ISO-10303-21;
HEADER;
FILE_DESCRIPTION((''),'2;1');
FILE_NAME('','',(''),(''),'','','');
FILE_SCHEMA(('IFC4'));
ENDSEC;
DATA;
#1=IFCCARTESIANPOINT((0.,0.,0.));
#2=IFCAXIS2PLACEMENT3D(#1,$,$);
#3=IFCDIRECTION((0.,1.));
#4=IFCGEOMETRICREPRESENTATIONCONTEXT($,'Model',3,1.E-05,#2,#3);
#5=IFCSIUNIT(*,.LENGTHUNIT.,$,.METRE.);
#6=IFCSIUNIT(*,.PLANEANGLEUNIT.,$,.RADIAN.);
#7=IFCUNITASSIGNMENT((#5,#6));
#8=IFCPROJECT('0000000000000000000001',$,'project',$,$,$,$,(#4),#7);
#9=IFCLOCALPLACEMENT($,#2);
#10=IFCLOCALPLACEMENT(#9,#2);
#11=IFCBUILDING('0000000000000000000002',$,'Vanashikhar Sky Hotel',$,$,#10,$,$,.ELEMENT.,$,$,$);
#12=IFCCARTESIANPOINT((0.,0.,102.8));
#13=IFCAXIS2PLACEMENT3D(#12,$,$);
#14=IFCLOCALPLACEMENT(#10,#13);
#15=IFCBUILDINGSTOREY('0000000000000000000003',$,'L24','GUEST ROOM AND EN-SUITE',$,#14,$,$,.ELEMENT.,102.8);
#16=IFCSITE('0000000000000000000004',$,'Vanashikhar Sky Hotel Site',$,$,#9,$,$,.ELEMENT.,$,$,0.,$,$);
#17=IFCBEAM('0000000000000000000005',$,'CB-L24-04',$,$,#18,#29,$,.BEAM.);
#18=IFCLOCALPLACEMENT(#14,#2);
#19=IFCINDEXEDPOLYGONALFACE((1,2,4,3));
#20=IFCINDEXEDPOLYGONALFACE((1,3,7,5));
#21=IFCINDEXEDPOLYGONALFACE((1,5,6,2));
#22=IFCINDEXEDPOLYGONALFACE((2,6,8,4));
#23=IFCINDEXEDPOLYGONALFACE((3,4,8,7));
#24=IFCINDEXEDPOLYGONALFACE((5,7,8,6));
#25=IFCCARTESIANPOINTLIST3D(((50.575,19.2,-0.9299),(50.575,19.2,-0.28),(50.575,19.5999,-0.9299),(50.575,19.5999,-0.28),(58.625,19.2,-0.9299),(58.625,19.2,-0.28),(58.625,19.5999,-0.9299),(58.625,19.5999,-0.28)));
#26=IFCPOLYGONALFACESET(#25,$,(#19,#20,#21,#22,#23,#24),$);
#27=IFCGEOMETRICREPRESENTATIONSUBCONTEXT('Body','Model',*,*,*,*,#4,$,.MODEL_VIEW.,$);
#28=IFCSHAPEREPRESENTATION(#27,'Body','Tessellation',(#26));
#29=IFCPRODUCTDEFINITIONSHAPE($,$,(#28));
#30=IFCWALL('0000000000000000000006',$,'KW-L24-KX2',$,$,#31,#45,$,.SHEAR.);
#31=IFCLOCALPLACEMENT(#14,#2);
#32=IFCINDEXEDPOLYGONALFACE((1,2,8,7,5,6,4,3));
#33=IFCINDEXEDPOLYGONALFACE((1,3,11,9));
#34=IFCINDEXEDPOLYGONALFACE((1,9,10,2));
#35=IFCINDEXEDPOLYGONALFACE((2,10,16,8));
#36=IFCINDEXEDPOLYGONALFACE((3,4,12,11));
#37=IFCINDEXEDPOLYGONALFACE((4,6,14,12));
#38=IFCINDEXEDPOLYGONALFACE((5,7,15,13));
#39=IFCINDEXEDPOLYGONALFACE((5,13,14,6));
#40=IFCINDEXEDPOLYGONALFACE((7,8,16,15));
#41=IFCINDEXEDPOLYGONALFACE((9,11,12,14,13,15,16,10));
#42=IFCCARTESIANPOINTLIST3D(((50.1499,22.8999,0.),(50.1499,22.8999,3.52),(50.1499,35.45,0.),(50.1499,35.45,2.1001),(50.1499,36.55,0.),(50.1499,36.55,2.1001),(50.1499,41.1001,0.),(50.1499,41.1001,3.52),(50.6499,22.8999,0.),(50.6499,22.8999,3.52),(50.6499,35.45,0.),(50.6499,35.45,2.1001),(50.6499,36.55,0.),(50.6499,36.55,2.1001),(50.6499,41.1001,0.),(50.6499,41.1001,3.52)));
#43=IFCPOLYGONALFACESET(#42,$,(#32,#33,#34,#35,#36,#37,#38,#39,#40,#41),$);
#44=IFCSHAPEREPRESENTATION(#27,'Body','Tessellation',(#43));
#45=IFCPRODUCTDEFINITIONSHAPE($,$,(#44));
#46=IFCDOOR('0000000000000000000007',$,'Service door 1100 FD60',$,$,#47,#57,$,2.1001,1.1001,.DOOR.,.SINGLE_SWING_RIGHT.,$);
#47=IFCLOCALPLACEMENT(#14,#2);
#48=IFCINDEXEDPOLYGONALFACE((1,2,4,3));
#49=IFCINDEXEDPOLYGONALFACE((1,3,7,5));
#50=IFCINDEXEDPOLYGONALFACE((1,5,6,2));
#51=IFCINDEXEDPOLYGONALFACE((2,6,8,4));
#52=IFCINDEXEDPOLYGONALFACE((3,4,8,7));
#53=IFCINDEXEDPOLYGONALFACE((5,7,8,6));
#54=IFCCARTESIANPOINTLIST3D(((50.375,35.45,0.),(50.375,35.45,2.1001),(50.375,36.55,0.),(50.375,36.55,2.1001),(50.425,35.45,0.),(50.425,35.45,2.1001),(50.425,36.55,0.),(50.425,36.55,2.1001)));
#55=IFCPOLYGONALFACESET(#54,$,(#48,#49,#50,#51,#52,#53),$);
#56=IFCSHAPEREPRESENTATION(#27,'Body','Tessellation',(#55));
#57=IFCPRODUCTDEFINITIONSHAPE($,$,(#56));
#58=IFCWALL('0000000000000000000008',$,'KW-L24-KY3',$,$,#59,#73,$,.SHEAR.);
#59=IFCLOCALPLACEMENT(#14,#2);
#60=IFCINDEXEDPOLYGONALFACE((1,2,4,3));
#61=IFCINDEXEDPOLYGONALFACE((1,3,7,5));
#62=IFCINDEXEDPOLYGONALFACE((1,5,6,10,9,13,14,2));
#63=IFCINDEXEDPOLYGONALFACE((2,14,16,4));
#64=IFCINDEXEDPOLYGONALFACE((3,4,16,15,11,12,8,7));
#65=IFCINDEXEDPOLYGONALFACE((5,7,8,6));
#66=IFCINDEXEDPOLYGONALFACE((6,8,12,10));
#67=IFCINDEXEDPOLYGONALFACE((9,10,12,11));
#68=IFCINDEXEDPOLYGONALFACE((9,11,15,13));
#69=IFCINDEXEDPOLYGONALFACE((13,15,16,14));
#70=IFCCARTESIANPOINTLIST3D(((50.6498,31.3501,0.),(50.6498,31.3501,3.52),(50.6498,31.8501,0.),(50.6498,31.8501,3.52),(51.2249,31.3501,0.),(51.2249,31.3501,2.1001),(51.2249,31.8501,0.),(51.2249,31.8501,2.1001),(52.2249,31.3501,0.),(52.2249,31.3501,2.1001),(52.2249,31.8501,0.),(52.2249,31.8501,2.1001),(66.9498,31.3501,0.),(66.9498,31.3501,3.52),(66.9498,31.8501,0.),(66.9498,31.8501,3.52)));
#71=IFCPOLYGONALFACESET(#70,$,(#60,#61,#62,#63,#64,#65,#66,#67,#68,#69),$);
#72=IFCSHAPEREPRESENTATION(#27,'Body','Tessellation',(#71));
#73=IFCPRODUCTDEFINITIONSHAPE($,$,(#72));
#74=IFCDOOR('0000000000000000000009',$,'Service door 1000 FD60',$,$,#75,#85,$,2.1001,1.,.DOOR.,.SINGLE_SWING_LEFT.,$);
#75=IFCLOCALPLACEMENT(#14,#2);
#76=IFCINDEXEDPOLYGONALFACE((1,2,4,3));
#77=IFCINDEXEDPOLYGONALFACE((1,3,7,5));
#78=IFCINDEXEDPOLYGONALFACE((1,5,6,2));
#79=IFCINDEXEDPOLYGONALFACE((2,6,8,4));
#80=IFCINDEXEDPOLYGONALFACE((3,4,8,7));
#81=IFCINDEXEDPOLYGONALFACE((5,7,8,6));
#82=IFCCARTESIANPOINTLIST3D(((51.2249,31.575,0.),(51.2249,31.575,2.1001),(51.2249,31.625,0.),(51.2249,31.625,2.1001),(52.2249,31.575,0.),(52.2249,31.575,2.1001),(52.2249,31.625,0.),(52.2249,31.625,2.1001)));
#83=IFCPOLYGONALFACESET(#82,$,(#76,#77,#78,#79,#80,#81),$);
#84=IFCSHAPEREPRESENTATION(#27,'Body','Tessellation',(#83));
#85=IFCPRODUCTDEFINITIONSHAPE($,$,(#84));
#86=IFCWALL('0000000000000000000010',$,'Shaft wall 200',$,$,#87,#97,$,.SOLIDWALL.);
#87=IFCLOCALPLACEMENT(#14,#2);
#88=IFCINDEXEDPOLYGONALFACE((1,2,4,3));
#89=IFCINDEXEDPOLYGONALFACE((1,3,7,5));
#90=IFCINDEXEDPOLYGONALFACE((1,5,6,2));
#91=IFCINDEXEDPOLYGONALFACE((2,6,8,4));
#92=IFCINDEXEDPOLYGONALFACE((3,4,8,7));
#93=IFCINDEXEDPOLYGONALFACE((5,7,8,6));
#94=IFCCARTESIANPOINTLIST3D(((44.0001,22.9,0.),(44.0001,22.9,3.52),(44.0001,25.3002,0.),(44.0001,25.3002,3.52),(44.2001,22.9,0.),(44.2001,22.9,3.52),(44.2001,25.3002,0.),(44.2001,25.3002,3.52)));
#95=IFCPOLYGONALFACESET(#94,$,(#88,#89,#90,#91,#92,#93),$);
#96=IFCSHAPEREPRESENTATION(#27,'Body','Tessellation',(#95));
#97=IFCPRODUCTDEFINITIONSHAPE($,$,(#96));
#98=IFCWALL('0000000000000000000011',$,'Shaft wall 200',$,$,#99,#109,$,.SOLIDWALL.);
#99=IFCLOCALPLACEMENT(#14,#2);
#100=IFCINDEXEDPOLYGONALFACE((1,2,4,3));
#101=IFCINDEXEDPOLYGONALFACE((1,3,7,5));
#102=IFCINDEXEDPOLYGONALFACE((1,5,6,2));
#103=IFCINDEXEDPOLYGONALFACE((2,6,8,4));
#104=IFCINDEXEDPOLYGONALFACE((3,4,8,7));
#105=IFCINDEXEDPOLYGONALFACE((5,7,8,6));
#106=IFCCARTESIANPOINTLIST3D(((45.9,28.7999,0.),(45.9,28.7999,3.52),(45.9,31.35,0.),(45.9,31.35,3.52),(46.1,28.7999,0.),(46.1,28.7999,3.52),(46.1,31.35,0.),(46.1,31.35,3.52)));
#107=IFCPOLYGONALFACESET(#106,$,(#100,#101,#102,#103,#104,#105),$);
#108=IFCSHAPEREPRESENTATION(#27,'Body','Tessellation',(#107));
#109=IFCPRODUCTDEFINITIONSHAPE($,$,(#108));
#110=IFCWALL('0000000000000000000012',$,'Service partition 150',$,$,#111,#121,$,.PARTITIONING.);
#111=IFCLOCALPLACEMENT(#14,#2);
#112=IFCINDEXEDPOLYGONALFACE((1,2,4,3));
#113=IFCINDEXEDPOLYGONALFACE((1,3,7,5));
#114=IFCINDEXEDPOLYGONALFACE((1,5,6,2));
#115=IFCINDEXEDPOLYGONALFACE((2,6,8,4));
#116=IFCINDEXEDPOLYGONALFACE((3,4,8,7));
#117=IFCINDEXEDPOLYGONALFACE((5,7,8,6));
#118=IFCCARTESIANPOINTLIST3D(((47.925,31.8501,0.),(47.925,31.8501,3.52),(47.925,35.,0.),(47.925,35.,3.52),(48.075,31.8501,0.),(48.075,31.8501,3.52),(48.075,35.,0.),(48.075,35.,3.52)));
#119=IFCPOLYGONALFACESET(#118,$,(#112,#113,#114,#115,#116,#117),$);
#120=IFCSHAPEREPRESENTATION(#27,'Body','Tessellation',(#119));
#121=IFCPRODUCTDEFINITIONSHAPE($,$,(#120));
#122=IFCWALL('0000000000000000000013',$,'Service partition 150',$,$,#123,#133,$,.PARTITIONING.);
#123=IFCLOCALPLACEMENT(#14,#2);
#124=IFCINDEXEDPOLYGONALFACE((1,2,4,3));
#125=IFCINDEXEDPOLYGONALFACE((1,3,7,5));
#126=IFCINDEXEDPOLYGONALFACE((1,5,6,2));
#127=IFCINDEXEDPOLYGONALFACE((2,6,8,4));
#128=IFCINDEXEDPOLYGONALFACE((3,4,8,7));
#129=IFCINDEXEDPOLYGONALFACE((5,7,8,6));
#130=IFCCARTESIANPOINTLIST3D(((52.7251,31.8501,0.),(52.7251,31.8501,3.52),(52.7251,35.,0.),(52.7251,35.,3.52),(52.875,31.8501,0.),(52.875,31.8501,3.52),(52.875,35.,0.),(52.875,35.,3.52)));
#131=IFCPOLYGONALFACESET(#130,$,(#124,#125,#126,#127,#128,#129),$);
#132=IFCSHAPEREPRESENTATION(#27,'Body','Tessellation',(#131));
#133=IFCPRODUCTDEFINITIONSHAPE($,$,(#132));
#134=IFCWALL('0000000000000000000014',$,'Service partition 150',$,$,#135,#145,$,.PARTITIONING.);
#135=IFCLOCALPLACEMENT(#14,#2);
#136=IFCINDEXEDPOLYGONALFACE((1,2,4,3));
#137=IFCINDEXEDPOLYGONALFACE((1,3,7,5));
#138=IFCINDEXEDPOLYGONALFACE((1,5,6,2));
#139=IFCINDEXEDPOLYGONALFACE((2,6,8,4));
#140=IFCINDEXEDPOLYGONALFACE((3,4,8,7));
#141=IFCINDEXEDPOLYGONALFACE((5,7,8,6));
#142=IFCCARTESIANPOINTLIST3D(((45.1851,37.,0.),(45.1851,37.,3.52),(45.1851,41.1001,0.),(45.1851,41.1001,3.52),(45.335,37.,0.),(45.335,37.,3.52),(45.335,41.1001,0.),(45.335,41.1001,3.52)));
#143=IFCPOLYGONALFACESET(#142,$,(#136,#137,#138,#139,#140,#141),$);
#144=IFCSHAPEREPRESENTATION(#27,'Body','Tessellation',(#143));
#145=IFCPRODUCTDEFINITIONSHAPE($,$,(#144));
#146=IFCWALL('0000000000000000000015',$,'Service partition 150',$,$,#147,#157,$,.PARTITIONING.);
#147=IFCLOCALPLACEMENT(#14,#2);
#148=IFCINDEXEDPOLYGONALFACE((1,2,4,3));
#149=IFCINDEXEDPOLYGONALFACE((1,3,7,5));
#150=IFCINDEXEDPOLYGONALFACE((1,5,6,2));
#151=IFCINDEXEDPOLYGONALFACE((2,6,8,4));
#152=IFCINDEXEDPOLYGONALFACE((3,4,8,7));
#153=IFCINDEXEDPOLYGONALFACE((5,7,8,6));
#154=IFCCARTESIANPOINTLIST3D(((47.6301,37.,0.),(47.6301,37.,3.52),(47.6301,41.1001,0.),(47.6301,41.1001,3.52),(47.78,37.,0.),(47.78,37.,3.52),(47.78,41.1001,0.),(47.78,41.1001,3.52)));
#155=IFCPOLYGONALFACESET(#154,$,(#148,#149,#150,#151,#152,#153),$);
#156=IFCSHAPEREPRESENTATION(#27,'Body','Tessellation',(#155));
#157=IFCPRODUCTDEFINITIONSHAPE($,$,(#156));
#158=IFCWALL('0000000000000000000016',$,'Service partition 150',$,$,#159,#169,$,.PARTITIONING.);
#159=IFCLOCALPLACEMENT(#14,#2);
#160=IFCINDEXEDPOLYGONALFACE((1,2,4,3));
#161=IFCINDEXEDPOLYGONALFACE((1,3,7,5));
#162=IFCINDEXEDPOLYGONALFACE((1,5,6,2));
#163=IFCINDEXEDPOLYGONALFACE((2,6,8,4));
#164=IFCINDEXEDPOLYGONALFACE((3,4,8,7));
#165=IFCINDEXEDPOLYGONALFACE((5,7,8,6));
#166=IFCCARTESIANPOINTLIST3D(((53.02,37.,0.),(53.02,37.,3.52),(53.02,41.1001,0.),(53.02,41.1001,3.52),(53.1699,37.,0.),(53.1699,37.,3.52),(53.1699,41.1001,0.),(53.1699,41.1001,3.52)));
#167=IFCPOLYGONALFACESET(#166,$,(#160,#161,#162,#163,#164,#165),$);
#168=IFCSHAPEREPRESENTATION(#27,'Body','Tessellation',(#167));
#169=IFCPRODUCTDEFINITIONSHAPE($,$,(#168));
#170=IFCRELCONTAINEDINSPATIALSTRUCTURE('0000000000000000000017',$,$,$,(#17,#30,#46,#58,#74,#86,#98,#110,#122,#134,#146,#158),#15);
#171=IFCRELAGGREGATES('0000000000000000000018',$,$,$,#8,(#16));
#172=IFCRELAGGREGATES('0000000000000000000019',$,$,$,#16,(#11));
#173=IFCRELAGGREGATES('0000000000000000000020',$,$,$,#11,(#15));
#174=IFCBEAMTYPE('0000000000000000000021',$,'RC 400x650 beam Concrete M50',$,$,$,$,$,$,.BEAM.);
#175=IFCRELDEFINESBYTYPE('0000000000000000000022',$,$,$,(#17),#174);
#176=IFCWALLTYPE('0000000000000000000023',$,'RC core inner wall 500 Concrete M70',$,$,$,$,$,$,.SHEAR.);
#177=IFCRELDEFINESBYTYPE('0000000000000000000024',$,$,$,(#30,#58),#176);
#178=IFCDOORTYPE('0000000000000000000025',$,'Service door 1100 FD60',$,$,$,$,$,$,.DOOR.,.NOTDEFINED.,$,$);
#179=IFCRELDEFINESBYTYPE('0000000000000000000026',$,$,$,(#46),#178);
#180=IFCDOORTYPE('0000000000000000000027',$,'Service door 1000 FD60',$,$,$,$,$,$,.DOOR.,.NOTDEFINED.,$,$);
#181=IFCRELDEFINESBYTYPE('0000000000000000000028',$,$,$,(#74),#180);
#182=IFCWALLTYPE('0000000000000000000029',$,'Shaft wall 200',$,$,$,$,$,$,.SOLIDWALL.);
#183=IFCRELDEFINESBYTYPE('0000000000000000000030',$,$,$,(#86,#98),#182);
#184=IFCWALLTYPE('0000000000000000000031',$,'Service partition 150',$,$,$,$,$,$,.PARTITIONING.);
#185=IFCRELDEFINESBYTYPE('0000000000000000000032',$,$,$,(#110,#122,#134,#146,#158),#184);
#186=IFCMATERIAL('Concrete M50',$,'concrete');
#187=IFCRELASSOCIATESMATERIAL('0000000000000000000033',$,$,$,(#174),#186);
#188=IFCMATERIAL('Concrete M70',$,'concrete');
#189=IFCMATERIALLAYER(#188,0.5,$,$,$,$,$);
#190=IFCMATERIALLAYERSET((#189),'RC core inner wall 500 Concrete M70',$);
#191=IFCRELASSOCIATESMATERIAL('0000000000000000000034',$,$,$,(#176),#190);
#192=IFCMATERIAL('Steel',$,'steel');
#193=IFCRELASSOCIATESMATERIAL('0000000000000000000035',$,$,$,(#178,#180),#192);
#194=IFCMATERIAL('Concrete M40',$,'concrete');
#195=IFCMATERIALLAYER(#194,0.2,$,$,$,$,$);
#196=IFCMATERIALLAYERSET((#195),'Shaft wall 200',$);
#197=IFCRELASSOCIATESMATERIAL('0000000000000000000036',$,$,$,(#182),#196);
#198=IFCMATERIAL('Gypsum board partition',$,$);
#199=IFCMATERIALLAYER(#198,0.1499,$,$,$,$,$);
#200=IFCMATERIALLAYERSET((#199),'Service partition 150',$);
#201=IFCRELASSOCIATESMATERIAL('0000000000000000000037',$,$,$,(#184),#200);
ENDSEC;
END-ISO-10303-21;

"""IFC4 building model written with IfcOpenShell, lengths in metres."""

from ifc_helpers import new_model, si_unit, direction, frame, frame_2d, origin, origin_2d, place, context, subcontext, project, spatial, rectangle, extrude, source, transform, mapped, material, layer, layer_set, material_profile, profile_set, type_object, element, fill, save


model = new_model("IFC4")

# Units and contexts
model_context = context("Model", 3, precision=1e-05, world=origin(), true_north=direction((0.0, 1.0)))
body_context = subcontext(model_context, "Body", "Model", "MODEL_VIEW")
ifc_project = project(units=[si_unit("LENGTHUNIT", "METRE"), si_unit("PLANEANGLEUNIT", "RADIAN")], contexts=[model_context])

# Site, building, storey
site_placement = place(None, origin())
site = spatial("IfcSite", under=ifc_project, at=site_placement, Name="Vanashikhar Sky Hotel Site", CompositionType="ELEMENT", RefElevation=0.0)
building_placement = place(site_placement, origin())
building = spatial("IfcBuilding", under=site, at=building_placement, Name="Vanashikhar Sky Hotel", CompositionType="ELEMENT")
storey_placement = place(building_placement, frame((0.0, 0.0, 102.8)))
storey = spatial("IfcBuildingStorey", under=building, at=storey_placement, Name="L24", Description="GUEST ROOM AND EN-SUITE", CompositionType="ELEMENT", Elevation=102.8)

# Beam
ifc_material_1 = material(Name="Concrete M50", Category="concrete")
ifc_material_profile = material_profile(ifc_material_1, rectangle(XDim=0.3999, YDim=0.6499, at=origin_2d()))
ifc_profile_set = profile_set([ifc_material_profile], Name="RC 400x650 beam Concrete M50")
beam_type = type_object("IfcBeamType", Name="RC 400x650 beam Concrete M50", PredefinedType="BEAM", material=ifc_profile_set)
shared_shape_1 = source(origin(), body_context, "Body", "SweptSolid", [
    extrude(rectangle(XDim=0.3999, YDim=0.6499, at=origin_2d()), origin(), (0.0, 0.0, 1.0), 8.05),
])
beam_placement = place(storey_placement, frame((50.575, 19.3999, -0.605), z_axis=(1.0, 0.0, 0.0), x_axis=(0.0, 1.0, 0.0)))
element("IfcBeam", 1, at=beam_placement, inside=storey, type_object=beam_type, Name="CB-L24-04", PredefinedType="BEAM", context=body_context, shape_type="MappedRepresentation", body=[
    mapped(shared_shape_1, transform((0.0, 0.0, 0.0), scale=1.0)),
])

# Walls, openings, doors
ifc_material_2 = material(Name="Concrete M70", Category="concrete")
ifc_layer_1 = layer(ifc_material_2, 0.5)
ifc_layer_set_1 = layer_set([ifc_layer_1], Name="RC core inner wall 500 Concrete M70")
wall_type_1 = type_object("IfcWallType", Name="RC core inner wall 500 Concrete M70", PredefinedType="SHEAR", material=ifc_layer_set_1)
shared_shape_2 = source(origin(), body_context, "Body", "SweptSolid", [
    extrude(rectangle(XDim=18.2002, YDim=0.5, at=frame_2d((9.1001, 0.0))), origin(), (0.0, 0.0, 1.0), 3.52),
])
wall_1_placement = place(storey_placement, frame((50.3999, 22.8999, 0.0), z_axis=(0.0, 0.0, 1.0), x_axis=(0.0, 1.0, 0.0)))
wall_1 = element("IfcWall", 2, at=wall_1_placement, inside=storey, type_object=wall_type_1, Name="KW-L24-KX2", PredefinedType="SHEAR", context=body_context, shape_type="MappedRepresentation", body=[
    mapped(shared_shape_2, transform((0.0, 0.0, 0.0), scale=1.0)),
])
shared_shape_3 = source(origin(), body_context, "Body", "SweptSolid", [
    extrude(rectangle(XDim=1.1001, YDim=2.1001, at=frame_2d((0.55, 1.05))), frame((0.0, 0.26, 0.0), z_axis=(0.0, -1.0, 0.0), x_axis=(1.0, 0.0, 0.0)), (0.0, 0.0, 1.0), 0.52),
])
opening_1_placement = place(wall_1_placement, frame((12.55, 0.0, 0.0)))
opening_1 = element("IfcOpeningElement", 3, at=opening_1_placement, cuts=wall_1, PredefinedType="OPENING", context=body_context, shape_type="MappedRepresentation", body=[
    mapped(shared_shape_3, transform((0.0, 0.0, 0.0), scale=1.0)),
])
ifc_material_3 = material(Name="Steel", Category="steel")
door_type_1 = type_object("IfcDoorType", Name="Service door 1100 FD60", OperationType="NOTDEFINED", PredefinedType="DOOR", material=ifc_material_3)
shared_shape_4 = source(origin(), body_context, "Body", "SweptSolid", [
    extrude(rectangle(XDim=1.1001, YDim=2.1001, at=frame_2d((0.55, 1.05))), frame((0.0, 0.0249, 0.0), z_axis=(0.0, -1.0, 0.0), x_axis=(1.0, 0.0, 0.0)), (0.0, 0.0, 1.0), 0.05),
])
door_1_placement = place(opening_1_placement, origin())
door_1 = element("IfcDoor", 4, at=door_1_placement, inside=storey, type_object=door_type_1, Name="Service door 1100 FD60", OperationType="SINGLE_SWING_RIGHT", OverallHeight=2.1001, OverallWidth=1.1001, PredefinedType="DOOR", context=body_context, shape_type="MappedRepresentation", body=[
    mapped(shared_shape_4, transform((0.0, 0.0, 0.0), scale=1.0)),
])
fill(opening_1, door_1)
shared_shape_5 = source(origin(), body_context, "Body", "SweptSolid", [
    extrude(rectangle(XDim=16.3, YDim=0.5, at=frame_2d((8.1499, 0.0))), origin(), (0.0, 0.0, 1.0), 3.52),
])
wall_2_placement = place(storey_placement, frame((50.6499, 31.6001, 0.0), z_axis=(0.0, 0.0, 1.0), x_axis=(1.0, 0.0, 0.0)))
wall_2 = element("IfcWall", 5, at=wall_2_placement, inside=storey, type_object=wall_type_1, Name="KW-L24-KY3", PredefinedType="SHEAR", context=body_context, shape_type="MappedRepresentation", body=[
    mapped(shared_shape_5, transform((0.0, 0.0, 0.0), scale=1.0)),
])
shared_shape_6 = source(origin(), body_context, "Body", "SweptSolid", [
    extrude(rectangle(XDim=1.0, YDim=2.1001, at=frame_2d((0.5, 1.05))), frame((0.0, 0.26, 0.0), z_axis=(0.0, -1.0, 0.0), x_axis=(1.0, 0.0, 0.0)), (0.0, 0.0, 1.0), 0.52),
])
opening_2_placement = place(wall_2_placement, frame((0.575, 0.0, 0.0)))
opening_2 = element("IfcOpeningElement", 6, at=opening_2_placement, cuts=wall_2, PredefinedType="OPENING", context=body_context, shape_type="MappedRepresentation", body=[
    mapped(shared_shape_6, transform((0.0, 0.0, 0.0), scale=1.0)),
])
door_type_2 = type_object("IfcDoorType", Name="Service door 1000 FD60", OperationType="NOTDEFINED", PredefinedType="DOOR", material=ifc_material_3)
shared_shape_7 = source(origin(), body_context, "Body", "SweptSolid", [
    extrude(rectangle(XDim=1.0, YDim=2.1001, at=frame_2d((0.5, 1.05))), frame((0.0, 0.0249, 0.0), z_axis=(0.0, -1.0, 0.0), x_axis=(1.0, 0.0, 0.0)), (0.0, 0.0, 1.0), 0.05),
])
door_2_placement = place(opening_2_placement, origin())
door_2 = element("IfcDoor", 7, at=door_2_placement, inside=storey, type_object=door_type_2, Name="Service door 1000 FD60", OperationType="SINGLE_SWING_LEFT", OverallHeight=2.1001, OverallWidth=1.0, PredefinedType="DOOR", context=body_context, shape_type="MappedRepresentation", body=[
    mapped(shared_shape_7, transform((0.0, 0.0, 0.0), scale=1.0)),
])
fill(opening_2, door_2)

# Walls
ifc_material_4 = material(Name="Concrete M40", Category="concrete")
ifc_layer_2 = layer(ifc_material_4, 0.2)
ifc_layer_set_2 = layer_set([ifc_layer_2], Name="Shaft wall 200")
wall_type_2 = type_object("IfcWallType", Name="Shaft wall 200", PredefinedType="SOLIDWALL", material=ifc_layer_set_2)
shared_shape_8 = source(origin(), body_context, "Body", "SweptSolid", [
    extrude(rectangle(XDim=2.4001, YDim=0.2, at=frame_2d((1.2002, 0.0))), origin(), (0.0, 0.0, 1.0), 3.52),
])
wall_3_placement = place(storey_placement, frame((44.1001, 22.8999, 0.0), z_axis=(0.0, 0.0, 1.0), x_axis=(0.0, 1.0, 0.0)))
element("IfcWall", 8, at=wall_3_placement, inside=storey, type_object=wall_type_2, Name="Shaft wall 200", PredefinedType="SOLIDWALL", context=body_context, shape_type="MappedRepresentation", body=[
    mapped(shared_shape_8, transform((0.0, 0.0, 0.0), scale=1.0)),
])
shared_shape_9 = source(origin(), body_context, "Body", "SweptSolid", [
    extrude(rectangle(XDim=2.55, YDim=0.2, at=frame_2d((1.2749, 0.0))), origin(), (0.0, 0.0, 1.0), 3.52),
])
wall_4_placement = place(storey_placement, frame((46.0, 28.8, 0.0), z_axis=(0.0, 0.0, 1.0), x_axis=(0.0, 1.0, 0.0)))
element("IfcWall", 9, at=wall_4_placement, inside=storey, type_object=wall_type_2, Name="Shaft wall 200", PredefinedType="SOLIDWALL", context=body_context, shape_type="MappedRepresentation", body=[
    mapped(shared_shape_9, transform((0.0, 0.0, 0.0), scale=1.0)),
])
ifc_material_5 = material(Name="Gypsum board partition")
ifc_layer_3 = layer(ifc_material_5, 0.1499)
ifc_layer_set_3 = layer_set([ifc_layer_3], Name="Service partition 150")
wall_type_3 = type_object("IfcWallType", Name="Service partition 150", PredefinedType="PARTITIONING", material=ifc_layer_set_3)
shared_shape_10 = source(origin(), body_context, "Body", "SweptSolid", [
    extrude(rectangle(XDim=3.1499, YDim=0.1499, at=frame_2d((1.575, 0.0))), origin(), (0.0, 0.0, 1.0), 3.52),
])
for number, where, z_axis, x_axis, name in (
    (10, (48.0, 31.8501, 0.0), (0.0, 0.0, 1.0), (0.0, 1.0, 0.0), "Service partition 150"),
    (11, (52.8, 31.8501, 0.0), (0.0, 0.0, 1.0), (0.0, 1.0, 0.0), "Service partition 150"),
):
    element("IfcWall", number, at=place(storey_placement, frame(where, z_axis=z_axis, x_axis=x_axis)), inside=storey, type_object=wall_type_3, Name=name, PredefinedType="PARTITIONING", context=body_context, shape_type="MappedRepresentation", body=[
        mapped(shared_shape_10, transform((0.0, 0.0, 0.0), scale=1.0)),
    ])
shared_shape_11 = source(origin(), body_context, "Body", "SweptSolid", [
    extrude(rectangle(XDim=4.1001, YDim=0.1499, at=frame_2d((2.05, 0.0))), origin(), (0.0, 0.0, 1.0), 3.52),
])
for number, where, z_axis, x_axis, name in (
    (12, (45.26, 37.0, 0.0), (0.0, 0.0, 1.0), (0.0, 1.0, 0.0), "Service partition 150"),
    (13, (47.7051, 37.0, 0.0), (0.0, 0.0, 1.0), (0.0, 1.0, 0.0), "Service partition 150"),
    (14, (53.095, 37.0, 0.0), (0.0, 0.0, 1.0), (0.0, 1.0, 0.0), "Service partition 150"),
):
    element("IfcWall", number, at=place(storey_placement, frame(where, z_axis=z_axis, x_axis=x_axis)), inside=storey, type_object=wall_type_3, Name=name, PredefinedType="PARTITIONING", context=body_context, shape_type="MappedRepresentation", body=[
        mapped(shared_shape_11, transform((0.0, 0.0, 0.0), scale=1.0)),
    ])

save(model, "model.ifc")
